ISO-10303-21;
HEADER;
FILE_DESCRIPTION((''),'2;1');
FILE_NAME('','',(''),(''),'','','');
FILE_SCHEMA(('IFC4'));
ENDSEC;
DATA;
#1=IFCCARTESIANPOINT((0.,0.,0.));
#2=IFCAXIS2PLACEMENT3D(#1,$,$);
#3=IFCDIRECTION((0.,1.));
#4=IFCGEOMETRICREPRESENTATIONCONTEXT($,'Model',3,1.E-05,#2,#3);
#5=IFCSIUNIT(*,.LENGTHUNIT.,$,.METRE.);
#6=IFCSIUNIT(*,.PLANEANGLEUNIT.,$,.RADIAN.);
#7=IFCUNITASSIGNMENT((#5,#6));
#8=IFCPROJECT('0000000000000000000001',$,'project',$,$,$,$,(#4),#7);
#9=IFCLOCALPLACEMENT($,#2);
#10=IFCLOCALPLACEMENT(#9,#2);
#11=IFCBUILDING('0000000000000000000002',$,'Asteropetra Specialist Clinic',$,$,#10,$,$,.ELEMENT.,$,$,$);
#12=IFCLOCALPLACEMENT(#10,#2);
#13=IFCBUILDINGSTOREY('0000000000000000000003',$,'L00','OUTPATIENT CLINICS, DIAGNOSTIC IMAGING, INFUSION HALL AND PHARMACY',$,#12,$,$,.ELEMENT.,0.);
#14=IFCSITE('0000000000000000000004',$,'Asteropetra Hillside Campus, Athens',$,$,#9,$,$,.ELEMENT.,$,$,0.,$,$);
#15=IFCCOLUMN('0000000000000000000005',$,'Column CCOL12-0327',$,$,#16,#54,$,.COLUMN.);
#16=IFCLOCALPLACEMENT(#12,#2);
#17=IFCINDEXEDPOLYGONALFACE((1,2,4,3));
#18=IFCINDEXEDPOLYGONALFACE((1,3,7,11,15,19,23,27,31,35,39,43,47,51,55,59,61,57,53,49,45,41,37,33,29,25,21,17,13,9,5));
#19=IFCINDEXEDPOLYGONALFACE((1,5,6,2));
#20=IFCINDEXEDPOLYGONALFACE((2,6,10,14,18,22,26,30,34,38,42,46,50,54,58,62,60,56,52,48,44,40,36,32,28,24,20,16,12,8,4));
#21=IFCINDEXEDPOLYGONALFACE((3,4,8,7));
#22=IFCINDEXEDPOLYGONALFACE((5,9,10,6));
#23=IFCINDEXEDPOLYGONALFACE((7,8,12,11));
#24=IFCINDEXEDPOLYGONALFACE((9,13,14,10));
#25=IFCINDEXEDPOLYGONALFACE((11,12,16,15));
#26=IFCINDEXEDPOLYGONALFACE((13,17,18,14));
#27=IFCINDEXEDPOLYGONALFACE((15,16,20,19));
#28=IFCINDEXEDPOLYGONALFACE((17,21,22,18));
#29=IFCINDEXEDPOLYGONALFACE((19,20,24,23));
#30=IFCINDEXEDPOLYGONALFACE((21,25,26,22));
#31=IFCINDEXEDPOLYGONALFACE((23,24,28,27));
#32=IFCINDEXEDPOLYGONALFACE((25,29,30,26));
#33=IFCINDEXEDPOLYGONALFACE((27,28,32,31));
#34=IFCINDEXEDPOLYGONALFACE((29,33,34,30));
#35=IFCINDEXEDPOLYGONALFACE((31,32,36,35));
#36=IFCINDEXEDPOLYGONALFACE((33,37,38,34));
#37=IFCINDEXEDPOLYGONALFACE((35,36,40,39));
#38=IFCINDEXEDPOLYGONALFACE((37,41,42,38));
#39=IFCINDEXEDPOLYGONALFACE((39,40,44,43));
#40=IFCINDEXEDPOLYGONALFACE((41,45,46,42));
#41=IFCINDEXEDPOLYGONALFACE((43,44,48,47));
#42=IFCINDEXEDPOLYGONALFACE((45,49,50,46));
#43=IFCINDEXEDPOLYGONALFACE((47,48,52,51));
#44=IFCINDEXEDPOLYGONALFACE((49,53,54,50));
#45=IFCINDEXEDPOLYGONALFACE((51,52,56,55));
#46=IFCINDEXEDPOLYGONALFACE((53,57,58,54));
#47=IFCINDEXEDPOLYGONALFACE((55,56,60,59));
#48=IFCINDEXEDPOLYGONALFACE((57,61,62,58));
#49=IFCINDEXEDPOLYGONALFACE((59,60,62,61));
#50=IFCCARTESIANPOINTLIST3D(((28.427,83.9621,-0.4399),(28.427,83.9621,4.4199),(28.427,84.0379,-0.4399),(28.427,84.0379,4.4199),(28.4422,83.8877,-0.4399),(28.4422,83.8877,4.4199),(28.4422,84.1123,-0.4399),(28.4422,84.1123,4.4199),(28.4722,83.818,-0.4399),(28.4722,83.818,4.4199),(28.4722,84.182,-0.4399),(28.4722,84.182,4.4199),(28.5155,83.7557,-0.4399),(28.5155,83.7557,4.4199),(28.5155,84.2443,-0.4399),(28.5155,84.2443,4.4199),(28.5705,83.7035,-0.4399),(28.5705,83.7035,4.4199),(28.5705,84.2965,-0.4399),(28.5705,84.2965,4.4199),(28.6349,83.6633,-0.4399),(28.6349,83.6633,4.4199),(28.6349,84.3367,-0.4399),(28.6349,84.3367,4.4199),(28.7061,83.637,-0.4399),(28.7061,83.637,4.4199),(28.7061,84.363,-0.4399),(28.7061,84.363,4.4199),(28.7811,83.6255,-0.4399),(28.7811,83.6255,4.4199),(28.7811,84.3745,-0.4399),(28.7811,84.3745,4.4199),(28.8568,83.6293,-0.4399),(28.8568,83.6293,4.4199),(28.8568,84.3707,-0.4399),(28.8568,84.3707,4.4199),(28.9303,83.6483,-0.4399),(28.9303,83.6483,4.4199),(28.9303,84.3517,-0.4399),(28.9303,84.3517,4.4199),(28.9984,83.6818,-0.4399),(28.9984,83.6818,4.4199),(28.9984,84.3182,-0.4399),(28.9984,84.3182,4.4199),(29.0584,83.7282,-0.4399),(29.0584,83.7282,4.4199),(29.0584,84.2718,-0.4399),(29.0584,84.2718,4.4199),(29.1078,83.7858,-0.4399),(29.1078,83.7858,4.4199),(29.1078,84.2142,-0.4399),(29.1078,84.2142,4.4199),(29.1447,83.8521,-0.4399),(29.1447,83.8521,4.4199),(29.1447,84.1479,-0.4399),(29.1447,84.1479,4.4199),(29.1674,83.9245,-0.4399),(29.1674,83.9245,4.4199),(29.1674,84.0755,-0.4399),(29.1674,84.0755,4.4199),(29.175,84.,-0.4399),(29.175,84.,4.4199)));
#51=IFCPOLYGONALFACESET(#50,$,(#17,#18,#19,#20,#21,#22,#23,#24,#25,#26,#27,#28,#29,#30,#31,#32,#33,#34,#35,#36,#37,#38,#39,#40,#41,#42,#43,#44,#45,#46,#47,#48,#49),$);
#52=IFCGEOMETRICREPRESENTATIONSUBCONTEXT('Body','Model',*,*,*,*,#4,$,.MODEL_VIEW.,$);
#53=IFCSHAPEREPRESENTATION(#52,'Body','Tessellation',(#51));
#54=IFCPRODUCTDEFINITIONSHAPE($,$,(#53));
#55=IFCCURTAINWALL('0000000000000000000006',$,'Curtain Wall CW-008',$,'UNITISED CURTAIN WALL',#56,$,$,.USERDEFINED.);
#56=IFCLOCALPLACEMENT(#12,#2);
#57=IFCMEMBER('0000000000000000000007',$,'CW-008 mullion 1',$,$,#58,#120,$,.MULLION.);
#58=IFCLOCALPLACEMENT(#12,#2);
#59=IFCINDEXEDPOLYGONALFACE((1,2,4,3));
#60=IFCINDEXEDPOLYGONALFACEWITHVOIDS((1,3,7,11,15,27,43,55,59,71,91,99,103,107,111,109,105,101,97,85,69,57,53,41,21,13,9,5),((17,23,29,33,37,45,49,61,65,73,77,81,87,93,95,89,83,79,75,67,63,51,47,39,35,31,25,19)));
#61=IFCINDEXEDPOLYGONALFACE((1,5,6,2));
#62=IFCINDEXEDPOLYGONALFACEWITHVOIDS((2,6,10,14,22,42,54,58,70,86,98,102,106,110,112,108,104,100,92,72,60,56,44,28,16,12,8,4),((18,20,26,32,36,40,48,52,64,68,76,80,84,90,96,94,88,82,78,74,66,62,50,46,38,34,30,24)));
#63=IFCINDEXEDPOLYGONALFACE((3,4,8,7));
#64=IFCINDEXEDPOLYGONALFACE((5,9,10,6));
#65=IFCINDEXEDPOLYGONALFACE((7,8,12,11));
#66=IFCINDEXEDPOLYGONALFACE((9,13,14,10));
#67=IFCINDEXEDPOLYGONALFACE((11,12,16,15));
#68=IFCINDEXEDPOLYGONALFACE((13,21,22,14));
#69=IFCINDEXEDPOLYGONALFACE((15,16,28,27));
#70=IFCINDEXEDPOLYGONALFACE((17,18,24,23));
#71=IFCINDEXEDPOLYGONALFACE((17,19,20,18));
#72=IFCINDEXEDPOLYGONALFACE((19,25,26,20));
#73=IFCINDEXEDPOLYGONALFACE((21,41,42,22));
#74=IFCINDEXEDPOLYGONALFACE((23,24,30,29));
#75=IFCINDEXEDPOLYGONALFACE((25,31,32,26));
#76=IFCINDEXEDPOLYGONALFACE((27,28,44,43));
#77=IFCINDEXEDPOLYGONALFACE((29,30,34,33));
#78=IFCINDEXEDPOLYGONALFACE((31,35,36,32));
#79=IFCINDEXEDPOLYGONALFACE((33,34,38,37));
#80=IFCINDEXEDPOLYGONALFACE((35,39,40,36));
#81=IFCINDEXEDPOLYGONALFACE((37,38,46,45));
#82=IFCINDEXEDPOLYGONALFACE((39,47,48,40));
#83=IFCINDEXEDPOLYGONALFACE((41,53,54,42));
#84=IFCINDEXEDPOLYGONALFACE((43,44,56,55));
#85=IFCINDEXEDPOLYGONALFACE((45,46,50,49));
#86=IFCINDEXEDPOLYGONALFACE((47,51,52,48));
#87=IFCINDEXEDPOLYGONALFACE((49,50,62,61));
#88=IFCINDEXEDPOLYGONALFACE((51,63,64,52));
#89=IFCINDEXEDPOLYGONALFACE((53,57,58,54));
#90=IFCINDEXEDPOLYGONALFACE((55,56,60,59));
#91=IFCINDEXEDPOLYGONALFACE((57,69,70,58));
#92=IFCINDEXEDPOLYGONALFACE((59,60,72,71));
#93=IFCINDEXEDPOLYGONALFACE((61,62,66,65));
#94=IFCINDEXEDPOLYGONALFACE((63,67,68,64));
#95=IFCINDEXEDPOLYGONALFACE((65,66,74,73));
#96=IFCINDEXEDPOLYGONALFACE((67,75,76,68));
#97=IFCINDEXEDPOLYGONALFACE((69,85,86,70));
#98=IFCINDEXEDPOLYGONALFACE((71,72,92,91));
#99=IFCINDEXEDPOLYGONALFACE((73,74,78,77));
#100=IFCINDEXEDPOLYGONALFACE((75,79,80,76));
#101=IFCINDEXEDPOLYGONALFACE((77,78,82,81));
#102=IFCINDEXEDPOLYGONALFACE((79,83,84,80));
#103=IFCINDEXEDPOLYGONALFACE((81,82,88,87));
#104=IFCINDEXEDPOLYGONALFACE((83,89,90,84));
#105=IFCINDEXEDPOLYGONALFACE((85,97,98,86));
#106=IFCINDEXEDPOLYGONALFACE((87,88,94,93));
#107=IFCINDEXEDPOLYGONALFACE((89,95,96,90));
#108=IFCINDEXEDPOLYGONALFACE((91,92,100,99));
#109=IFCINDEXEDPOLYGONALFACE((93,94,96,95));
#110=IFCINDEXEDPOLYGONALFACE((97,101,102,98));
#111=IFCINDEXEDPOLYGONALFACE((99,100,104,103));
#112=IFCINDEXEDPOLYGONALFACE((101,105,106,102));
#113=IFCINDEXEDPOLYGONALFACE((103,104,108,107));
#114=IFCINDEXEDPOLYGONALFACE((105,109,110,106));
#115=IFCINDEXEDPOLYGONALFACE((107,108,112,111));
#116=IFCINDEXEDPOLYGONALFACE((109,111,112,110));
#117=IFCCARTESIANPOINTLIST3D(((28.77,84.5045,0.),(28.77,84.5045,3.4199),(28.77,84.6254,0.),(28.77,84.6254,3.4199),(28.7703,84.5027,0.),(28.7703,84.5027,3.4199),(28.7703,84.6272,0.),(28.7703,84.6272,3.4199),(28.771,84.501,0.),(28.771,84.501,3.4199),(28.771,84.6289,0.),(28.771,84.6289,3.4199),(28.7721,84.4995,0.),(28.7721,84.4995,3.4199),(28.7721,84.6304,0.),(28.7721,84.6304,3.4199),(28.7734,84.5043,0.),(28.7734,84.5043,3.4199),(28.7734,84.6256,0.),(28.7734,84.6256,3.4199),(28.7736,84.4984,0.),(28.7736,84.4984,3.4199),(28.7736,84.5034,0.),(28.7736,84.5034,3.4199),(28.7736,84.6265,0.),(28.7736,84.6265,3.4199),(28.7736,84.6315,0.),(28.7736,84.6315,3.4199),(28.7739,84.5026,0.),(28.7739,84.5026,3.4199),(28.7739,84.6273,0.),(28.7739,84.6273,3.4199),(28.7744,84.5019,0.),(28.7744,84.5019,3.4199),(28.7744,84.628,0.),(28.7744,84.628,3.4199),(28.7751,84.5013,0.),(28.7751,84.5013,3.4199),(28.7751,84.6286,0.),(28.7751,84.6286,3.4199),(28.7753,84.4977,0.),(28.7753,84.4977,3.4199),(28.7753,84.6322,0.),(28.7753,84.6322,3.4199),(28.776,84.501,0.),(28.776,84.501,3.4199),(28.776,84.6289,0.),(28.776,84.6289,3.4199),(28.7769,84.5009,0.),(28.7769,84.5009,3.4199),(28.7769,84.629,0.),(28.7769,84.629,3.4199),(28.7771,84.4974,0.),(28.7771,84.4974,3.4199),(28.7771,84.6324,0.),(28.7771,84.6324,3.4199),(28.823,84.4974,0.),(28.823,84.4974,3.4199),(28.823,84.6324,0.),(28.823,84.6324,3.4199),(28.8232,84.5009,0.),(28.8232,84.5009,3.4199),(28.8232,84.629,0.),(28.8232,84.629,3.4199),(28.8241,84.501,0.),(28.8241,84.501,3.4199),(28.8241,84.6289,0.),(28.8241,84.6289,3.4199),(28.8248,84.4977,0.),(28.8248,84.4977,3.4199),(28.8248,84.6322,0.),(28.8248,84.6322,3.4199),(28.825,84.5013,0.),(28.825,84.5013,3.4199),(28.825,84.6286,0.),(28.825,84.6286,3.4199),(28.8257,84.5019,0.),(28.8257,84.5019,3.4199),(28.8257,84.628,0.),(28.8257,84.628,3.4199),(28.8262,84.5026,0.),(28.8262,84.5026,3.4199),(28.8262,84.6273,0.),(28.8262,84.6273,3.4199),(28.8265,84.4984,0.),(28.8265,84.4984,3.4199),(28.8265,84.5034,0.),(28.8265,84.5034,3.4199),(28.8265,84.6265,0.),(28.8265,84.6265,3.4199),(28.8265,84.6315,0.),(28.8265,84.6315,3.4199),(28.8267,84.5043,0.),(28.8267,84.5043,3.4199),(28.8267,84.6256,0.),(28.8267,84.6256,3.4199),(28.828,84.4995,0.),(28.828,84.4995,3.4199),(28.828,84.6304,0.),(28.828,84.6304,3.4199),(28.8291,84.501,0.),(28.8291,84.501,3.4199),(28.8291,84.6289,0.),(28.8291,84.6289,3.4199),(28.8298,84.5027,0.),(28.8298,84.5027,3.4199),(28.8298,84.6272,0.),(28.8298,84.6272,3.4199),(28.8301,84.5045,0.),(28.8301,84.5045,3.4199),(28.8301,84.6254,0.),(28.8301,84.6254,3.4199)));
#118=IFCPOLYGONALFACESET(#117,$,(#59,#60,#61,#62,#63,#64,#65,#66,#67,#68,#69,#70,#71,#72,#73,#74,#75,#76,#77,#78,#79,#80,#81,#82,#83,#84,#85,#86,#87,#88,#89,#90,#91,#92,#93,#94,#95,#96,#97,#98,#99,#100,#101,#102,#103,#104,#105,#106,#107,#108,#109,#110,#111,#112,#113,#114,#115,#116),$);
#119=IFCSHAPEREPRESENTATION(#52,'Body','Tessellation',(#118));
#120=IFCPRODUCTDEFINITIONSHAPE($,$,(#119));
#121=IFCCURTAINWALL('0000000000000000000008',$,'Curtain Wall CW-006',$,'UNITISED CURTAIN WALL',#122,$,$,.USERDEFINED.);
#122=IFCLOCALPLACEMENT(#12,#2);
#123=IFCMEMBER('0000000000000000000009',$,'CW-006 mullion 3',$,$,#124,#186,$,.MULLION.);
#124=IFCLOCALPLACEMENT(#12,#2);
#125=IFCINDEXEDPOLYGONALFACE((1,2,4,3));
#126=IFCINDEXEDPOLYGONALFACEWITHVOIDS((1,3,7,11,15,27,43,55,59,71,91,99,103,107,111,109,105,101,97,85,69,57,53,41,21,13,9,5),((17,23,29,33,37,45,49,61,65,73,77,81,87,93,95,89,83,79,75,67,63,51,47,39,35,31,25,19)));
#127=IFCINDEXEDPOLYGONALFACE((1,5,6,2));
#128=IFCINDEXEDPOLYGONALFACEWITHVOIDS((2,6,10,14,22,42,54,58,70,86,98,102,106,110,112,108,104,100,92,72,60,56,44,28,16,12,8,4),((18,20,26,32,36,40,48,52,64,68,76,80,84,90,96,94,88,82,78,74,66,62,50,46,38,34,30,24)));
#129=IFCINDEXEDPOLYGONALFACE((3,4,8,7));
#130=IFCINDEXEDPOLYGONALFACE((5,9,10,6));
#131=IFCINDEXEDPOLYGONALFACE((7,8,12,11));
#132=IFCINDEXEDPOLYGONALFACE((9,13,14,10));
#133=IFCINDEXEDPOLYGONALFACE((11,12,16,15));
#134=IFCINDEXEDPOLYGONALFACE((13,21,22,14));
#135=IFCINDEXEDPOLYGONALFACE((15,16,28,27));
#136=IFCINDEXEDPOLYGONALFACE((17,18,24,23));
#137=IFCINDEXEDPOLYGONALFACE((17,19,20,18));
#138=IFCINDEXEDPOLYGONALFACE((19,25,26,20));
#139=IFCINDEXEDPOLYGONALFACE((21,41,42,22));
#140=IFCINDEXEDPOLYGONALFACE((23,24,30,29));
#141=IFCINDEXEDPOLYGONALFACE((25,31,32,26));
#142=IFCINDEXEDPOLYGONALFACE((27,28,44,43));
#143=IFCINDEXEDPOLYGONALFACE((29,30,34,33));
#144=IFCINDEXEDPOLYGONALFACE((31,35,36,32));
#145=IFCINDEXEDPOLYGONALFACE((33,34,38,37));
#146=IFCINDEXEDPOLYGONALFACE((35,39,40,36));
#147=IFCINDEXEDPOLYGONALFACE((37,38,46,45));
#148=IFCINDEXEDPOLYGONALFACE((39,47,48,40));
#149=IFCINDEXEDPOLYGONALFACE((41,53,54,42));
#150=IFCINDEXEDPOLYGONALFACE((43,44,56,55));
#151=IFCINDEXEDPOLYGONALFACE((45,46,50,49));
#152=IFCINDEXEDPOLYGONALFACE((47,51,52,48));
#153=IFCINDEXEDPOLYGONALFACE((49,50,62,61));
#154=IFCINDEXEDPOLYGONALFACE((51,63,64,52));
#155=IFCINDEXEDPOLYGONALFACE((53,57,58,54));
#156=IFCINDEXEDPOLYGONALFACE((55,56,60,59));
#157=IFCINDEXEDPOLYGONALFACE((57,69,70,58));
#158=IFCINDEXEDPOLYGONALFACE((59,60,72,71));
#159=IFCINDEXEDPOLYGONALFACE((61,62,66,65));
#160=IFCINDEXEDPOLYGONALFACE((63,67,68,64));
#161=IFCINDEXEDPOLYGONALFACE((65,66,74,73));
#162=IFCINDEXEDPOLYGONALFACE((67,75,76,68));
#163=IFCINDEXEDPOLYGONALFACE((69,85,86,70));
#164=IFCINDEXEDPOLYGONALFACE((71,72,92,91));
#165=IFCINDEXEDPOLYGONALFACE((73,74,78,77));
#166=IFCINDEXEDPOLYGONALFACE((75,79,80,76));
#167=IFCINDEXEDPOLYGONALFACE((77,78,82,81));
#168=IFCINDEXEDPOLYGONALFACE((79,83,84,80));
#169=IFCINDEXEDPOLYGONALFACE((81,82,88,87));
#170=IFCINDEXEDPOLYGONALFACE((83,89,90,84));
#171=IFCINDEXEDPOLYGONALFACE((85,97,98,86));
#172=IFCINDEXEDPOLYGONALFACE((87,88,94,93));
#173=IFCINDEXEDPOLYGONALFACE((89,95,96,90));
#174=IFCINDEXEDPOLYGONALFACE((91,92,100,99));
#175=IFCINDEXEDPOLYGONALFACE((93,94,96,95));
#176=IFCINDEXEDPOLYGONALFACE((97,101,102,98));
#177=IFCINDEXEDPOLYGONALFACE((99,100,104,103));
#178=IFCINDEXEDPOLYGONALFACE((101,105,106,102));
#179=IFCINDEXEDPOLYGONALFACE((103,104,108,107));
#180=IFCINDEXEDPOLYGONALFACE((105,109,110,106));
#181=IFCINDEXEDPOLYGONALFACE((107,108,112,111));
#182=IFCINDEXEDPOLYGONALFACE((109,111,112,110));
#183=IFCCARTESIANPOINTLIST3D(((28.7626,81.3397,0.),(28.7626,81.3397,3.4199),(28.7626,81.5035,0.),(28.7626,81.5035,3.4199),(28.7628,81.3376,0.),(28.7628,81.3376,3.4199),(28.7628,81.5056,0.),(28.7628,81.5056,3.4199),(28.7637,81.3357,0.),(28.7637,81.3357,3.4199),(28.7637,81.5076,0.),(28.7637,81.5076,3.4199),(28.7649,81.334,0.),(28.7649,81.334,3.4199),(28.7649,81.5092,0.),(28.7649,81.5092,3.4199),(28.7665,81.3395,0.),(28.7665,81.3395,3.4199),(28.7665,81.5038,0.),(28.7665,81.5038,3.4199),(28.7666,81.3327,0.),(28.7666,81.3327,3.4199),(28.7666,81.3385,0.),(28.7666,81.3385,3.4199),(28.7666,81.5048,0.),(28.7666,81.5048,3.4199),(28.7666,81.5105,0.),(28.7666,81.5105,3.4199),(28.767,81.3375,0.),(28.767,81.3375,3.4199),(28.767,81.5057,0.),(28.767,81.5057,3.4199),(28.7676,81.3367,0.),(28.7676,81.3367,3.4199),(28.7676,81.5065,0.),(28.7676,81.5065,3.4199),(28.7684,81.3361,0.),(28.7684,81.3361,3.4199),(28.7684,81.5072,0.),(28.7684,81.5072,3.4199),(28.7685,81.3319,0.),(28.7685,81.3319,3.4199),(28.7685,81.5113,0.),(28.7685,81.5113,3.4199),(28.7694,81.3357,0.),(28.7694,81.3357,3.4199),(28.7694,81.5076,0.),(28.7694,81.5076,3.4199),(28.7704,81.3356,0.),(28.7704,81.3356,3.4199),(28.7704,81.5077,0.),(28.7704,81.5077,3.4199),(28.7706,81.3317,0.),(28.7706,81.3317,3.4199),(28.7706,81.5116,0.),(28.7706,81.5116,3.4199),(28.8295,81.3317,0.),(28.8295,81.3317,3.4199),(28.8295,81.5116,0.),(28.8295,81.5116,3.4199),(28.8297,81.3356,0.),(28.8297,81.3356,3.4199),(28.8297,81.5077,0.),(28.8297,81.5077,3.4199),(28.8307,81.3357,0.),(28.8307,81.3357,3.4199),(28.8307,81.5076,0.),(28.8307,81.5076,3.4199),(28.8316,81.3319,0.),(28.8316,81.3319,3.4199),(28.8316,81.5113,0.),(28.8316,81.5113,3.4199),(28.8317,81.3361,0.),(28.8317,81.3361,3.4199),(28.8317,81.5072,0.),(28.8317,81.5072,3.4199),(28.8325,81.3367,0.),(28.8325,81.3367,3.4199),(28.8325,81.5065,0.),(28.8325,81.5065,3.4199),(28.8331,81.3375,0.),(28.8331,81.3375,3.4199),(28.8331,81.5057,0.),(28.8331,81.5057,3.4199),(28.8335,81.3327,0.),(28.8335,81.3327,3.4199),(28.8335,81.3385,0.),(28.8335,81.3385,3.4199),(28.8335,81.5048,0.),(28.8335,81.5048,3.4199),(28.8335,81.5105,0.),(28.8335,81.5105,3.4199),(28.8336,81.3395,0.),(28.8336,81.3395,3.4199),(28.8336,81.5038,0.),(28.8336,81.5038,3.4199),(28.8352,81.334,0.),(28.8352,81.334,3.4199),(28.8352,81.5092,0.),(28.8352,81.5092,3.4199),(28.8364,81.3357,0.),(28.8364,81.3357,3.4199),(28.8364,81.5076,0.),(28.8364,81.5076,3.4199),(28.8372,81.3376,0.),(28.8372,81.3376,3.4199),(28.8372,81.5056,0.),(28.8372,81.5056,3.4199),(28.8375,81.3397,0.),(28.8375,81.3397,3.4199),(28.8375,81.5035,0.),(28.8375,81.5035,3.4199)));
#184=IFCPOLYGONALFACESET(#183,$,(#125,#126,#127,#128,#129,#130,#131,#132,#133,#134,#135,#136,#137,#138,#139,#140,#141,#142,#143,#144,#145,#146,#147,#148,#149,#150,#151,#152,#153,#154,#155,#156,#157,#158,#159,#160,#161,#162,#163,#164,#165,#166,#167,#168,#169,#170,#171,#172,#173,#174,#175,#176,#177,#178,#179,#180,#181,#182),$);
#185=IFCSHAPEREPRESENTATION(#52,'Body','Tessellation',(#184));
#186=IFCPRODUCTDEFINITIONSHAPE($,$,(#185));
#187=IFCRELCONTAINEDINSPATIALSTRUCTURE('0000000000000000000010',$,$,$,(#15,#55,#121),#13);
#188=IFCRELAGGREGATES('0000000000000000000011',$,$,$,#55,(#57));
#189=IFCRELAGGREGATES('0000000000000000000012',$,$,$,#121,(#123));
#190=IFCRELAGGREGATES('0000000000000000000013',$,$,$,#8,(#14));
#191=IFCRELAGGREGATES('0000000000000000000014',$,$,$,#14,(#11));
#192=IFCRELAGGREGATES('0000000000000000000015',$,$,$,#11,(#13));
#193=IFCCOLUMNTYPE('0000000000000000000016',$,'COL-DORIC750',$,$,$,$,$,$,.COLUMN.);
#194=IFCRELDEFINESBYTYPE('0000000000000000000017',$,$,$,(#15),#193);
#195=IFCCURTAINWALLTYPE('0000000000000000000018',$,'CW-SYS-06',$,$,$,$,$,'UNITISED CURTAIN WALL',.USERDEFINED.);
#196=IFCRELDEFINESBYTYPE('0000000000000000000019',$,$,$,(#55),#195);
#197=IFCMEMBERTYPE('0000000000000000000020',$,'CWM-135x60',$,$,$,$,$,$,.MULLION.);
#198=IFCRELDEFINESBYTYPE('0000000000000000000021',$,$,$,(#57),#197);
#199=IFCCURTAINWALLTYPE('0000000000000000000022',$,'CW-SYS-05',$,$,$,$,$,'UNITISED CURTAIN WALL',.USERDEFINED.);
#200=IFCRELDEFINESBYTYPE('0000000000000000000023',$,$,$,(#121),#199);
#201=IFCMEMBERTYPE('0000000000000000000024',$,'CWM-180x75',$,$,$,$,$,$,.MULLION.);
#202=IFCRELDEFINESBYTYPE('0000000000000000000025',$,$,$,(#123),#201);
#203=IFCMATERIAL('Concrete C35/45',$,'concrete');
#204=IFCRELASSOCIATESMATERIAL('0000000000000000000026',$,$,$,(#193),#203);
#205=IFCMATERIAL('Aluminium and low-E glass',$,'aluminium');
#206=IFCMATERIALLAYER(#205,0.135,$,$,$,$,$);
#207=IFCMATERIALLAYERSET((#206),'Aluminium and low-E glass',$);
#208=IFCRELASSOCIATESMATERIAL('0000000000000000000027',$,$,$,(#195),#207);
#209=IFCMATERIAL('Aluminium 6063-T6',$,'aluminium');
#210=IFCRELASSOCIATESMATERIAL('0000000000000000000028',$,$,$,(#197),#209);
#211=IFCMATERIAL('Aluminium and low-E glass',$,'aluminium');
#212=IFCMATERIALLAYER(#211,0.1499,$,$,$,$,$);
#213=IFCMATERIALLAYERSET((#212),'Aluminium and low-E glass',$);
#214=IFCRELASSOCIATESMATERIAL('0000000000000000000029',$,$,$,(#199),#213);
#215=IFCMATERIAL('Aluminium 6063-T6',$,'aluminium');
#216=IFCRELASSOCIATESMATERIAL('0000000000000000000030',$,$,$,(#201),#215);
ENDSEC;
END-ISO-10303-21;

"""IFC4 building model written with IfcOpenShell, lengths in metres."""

from ifc_helpers import new_model, si_unit, direction, frame, origin, origin_2d, place, context, subcontext, project, spatial, hollow_rectangle, circle, extrude, material, layer, layer_set, material_profile, profile_set, type_object, element, aggregate, save


model = new_model("IFC4")

# Units and contexts
model_context = context("Model", 3, precision=1e-05, world=origin(), true_north=direction((0.0, 1.0)))
body_context = subcontext(model_context, "Body", "Model", "MODEL_VIEW")
ifc_project = project(units=[si_unit("LENGTHUNIT", "METRE"), si_unit("PLANEANGLEUNIT", "RADIAN")], contexts=[model_context])

# Site, building, storey
site_placement = place(None, origin())
site = spatial("IfcSite", under=ifc_project, at=site_placement, Name="Asteropetra Hillside Campus, Athens", CompositionType="ELEMENT", RefElevation=0.0)
building_placement = place(site_placement, origin())
building = spatial("IfcBuilding", under=site, at=building_placement, Name="Asteropetra Specialist Clinic", CompositionType="ELEMENT")
storey_placement = place(building_placement, origin())
storey = spatial("IfcBuildingStorey", under=building, at=storey_placement, Name="L00", Description="OUTPATIENT CLINICS, DIAGNOSTIC IMAGING, INFUSION HALL AND PHARMACY", CompositionType="ELEMENT", Elevation=0.0)

# Column
ifc_material_1 = material(Name="Concrete C35/45", Category="concrete")
ifc_material_profile_1 = material_profile(ifc_material_1, circle(Radius=0.375, at=origin_2d()), Name="RCC D750")
ifc_profile_set_1 = profile_set([ifc_material_profile_1], Name="Concrete C35/45")
column_type = type_object("IfcColumnType", Name="COL-DORIC750", PredefinedType="COLUMN", material=ifc_profile_set_1)
column_placement = place(storey_placement, frame((28.8, 84.0, -0.4399), z_axis=(0.0, 0.0, 1.0), x_axis=(1.0, 0.0, 0.0)))
element("IfcColumn", 1, at=column_placement, inside=storey, type_object=column_type, Name="Column CCOL12-0327", PredefinedType="COLUMN", context=body_context, shape_type="SweptSolid", body=[
    extrude(circle(Radius=0.375, at=origin_2d()), origin(), (0.0, 0.0, 1.0), 4.8599),
])

# Curtain wall, member
ifc_material_2 = material(Name="Aluminium and low-E glass", Category="aluminium")
ifc_layer_1 = layer(ifc_material_2, 0.135)
ifc_layer_set_1 = layer_set([ifc_layer_1], Name="Aluminium and low-E glass")
curtain_wall_type_1 = type_object("IfcCurtainWallType", Name="CW-SYS-06", ElementType="UNITISED CURTAIN WALL", PredefinedType="USERDEFINED", material=ifc_layer_set_1)
curtain_wall_1_placement = place(storey_placement, origin())
curtain_wall_1 = element("IfcCurtainWall", 2, at=curtain_wall_1_placement, inside=storey, type_object=curtain_wall_type_1, Name="Curtain Wall CW-008", ObjectType="UNITISED CURTAIN WALL", PredefinedType="USERDEFINED")
ifc_material_3 = material(Name="Aluminium 6063-T6", Category="aluminium")
ifc_material_profile_2 = material_profile(ifc_material_3, hollow_rectangle(XDim=0.0601, YDim=0.135, WallThickness=0.0034, InnerFilletRadius=0.0034, OuterFilletRadius=0.0071, at=origin_2d()), Name="MUL 135x60x3.5")
ifc_profile_set_2 = profile_set([ifc_material_profile_2], Name="Aluminium 6063-T6")
member_type_1 = type_object("IfcMemberType", Name="CWM-135x60", PredefinedType="MULLION", material=ifc_profile_set_2)
member_1_placement = place(storey_placement, frame((28.8, 84.5649, 0.0), z_axis=(0.0, 0.0, 1.0), x_axis=(-1.0, 0.0, 0.0)))
member_1 = element("IfcMember", 3, at=member_1_placement, type_object=member_type_1, Name="CW-008 mullion 1", PredefinedType="MULLION", context=body_context, shape_type="SweptSolid", body=[
    extrude(hollow_rectangle(XDim=0.0601, YDim=0.135, WallThickness=0.0034, InnerFilletRadius=0.0034, OuterFilletRadius=0.0071, at=origin_2d()), origin(), (0.0, 0.0, 1.0), 3.4199),
])

# Curtain wall, member
ifc_material_4 = material(Name="Aluminium and low-E glass", Category="aluminium")
ifc_layer_2 = layer(ifc_material_4, 0.1499)
ifc_layer_set_2 = layer_set([ifc_layer_2], Name="Aluminium and low-E glass")
curtain_wall_type_2 = type_object("IfcCurtainWallType", Name="CW-SYS-05", ElementType="UNITISED CURTAIN WALL", PredefinedType="USERDEFINED", material=ifc_layer_set_2)
curtain_wall_2_placement = place(storey_placement, origin())
curtain_wall_2 = element("IfcCurtainWall", 4, at=curtain_wall_2_placement, inside=storey, type_object=curtain_wall_type_2, Name="Curtain Wall CW-006", ObjectType="UNITISED CURTAIN WALL", PredefinedType="USERDEFINED")
ifc_material_5 = material(Name="Aluminium 6063-T6", Category="aluminium")
ifc_material_profile_3 = material_profile(ifc_material_5, hollow_rectangle(XDim=0.075, YDim=0.1799, WallThickness=0.0039, InnerFilletRadius=0.0039, OuterFilletRadius=0.0081, at=origin_2d()), Name="MUL 180x75x4.0")
ifc_profile_set_3 = profile_set([ifc_material_profile_3], Name="Aluminium 6063-T6")
member_type_2 = type_object("IfcMemberType", Name="CWM-180x75", PredefinedType="MULLION", material=ifc_profile_set_3)
member_2_placement = place(storey_placement, frame((28.8, 81.4216, 0.0), z_axis=(0.0, 0.0, 1.0), x_axis=(-1.0, 0.0, 0.0)))
member_2 = element("IfcMember", 5, at=member_2_placement, type_object=member_type_2, Name="CW-006 mullion 3", PredefinedType="MULLION", context=body_context, shape_type="SweptSolid", body=[
    extrude(hollow_rectangle(XDim=0.075, YDim=0.1799, WallThickness=0.0039, InnerFilletRadius=0.0039, OuterFilletRadius=0.0081, at=origin_2d()), origin(), (0.0, 0.0, 1.0), 3.4199),
])

aggregate(curtain_wall_1, [member_1])

aggregate(curtain_wall_2, [member_2])

save(model, "model.ifc")
